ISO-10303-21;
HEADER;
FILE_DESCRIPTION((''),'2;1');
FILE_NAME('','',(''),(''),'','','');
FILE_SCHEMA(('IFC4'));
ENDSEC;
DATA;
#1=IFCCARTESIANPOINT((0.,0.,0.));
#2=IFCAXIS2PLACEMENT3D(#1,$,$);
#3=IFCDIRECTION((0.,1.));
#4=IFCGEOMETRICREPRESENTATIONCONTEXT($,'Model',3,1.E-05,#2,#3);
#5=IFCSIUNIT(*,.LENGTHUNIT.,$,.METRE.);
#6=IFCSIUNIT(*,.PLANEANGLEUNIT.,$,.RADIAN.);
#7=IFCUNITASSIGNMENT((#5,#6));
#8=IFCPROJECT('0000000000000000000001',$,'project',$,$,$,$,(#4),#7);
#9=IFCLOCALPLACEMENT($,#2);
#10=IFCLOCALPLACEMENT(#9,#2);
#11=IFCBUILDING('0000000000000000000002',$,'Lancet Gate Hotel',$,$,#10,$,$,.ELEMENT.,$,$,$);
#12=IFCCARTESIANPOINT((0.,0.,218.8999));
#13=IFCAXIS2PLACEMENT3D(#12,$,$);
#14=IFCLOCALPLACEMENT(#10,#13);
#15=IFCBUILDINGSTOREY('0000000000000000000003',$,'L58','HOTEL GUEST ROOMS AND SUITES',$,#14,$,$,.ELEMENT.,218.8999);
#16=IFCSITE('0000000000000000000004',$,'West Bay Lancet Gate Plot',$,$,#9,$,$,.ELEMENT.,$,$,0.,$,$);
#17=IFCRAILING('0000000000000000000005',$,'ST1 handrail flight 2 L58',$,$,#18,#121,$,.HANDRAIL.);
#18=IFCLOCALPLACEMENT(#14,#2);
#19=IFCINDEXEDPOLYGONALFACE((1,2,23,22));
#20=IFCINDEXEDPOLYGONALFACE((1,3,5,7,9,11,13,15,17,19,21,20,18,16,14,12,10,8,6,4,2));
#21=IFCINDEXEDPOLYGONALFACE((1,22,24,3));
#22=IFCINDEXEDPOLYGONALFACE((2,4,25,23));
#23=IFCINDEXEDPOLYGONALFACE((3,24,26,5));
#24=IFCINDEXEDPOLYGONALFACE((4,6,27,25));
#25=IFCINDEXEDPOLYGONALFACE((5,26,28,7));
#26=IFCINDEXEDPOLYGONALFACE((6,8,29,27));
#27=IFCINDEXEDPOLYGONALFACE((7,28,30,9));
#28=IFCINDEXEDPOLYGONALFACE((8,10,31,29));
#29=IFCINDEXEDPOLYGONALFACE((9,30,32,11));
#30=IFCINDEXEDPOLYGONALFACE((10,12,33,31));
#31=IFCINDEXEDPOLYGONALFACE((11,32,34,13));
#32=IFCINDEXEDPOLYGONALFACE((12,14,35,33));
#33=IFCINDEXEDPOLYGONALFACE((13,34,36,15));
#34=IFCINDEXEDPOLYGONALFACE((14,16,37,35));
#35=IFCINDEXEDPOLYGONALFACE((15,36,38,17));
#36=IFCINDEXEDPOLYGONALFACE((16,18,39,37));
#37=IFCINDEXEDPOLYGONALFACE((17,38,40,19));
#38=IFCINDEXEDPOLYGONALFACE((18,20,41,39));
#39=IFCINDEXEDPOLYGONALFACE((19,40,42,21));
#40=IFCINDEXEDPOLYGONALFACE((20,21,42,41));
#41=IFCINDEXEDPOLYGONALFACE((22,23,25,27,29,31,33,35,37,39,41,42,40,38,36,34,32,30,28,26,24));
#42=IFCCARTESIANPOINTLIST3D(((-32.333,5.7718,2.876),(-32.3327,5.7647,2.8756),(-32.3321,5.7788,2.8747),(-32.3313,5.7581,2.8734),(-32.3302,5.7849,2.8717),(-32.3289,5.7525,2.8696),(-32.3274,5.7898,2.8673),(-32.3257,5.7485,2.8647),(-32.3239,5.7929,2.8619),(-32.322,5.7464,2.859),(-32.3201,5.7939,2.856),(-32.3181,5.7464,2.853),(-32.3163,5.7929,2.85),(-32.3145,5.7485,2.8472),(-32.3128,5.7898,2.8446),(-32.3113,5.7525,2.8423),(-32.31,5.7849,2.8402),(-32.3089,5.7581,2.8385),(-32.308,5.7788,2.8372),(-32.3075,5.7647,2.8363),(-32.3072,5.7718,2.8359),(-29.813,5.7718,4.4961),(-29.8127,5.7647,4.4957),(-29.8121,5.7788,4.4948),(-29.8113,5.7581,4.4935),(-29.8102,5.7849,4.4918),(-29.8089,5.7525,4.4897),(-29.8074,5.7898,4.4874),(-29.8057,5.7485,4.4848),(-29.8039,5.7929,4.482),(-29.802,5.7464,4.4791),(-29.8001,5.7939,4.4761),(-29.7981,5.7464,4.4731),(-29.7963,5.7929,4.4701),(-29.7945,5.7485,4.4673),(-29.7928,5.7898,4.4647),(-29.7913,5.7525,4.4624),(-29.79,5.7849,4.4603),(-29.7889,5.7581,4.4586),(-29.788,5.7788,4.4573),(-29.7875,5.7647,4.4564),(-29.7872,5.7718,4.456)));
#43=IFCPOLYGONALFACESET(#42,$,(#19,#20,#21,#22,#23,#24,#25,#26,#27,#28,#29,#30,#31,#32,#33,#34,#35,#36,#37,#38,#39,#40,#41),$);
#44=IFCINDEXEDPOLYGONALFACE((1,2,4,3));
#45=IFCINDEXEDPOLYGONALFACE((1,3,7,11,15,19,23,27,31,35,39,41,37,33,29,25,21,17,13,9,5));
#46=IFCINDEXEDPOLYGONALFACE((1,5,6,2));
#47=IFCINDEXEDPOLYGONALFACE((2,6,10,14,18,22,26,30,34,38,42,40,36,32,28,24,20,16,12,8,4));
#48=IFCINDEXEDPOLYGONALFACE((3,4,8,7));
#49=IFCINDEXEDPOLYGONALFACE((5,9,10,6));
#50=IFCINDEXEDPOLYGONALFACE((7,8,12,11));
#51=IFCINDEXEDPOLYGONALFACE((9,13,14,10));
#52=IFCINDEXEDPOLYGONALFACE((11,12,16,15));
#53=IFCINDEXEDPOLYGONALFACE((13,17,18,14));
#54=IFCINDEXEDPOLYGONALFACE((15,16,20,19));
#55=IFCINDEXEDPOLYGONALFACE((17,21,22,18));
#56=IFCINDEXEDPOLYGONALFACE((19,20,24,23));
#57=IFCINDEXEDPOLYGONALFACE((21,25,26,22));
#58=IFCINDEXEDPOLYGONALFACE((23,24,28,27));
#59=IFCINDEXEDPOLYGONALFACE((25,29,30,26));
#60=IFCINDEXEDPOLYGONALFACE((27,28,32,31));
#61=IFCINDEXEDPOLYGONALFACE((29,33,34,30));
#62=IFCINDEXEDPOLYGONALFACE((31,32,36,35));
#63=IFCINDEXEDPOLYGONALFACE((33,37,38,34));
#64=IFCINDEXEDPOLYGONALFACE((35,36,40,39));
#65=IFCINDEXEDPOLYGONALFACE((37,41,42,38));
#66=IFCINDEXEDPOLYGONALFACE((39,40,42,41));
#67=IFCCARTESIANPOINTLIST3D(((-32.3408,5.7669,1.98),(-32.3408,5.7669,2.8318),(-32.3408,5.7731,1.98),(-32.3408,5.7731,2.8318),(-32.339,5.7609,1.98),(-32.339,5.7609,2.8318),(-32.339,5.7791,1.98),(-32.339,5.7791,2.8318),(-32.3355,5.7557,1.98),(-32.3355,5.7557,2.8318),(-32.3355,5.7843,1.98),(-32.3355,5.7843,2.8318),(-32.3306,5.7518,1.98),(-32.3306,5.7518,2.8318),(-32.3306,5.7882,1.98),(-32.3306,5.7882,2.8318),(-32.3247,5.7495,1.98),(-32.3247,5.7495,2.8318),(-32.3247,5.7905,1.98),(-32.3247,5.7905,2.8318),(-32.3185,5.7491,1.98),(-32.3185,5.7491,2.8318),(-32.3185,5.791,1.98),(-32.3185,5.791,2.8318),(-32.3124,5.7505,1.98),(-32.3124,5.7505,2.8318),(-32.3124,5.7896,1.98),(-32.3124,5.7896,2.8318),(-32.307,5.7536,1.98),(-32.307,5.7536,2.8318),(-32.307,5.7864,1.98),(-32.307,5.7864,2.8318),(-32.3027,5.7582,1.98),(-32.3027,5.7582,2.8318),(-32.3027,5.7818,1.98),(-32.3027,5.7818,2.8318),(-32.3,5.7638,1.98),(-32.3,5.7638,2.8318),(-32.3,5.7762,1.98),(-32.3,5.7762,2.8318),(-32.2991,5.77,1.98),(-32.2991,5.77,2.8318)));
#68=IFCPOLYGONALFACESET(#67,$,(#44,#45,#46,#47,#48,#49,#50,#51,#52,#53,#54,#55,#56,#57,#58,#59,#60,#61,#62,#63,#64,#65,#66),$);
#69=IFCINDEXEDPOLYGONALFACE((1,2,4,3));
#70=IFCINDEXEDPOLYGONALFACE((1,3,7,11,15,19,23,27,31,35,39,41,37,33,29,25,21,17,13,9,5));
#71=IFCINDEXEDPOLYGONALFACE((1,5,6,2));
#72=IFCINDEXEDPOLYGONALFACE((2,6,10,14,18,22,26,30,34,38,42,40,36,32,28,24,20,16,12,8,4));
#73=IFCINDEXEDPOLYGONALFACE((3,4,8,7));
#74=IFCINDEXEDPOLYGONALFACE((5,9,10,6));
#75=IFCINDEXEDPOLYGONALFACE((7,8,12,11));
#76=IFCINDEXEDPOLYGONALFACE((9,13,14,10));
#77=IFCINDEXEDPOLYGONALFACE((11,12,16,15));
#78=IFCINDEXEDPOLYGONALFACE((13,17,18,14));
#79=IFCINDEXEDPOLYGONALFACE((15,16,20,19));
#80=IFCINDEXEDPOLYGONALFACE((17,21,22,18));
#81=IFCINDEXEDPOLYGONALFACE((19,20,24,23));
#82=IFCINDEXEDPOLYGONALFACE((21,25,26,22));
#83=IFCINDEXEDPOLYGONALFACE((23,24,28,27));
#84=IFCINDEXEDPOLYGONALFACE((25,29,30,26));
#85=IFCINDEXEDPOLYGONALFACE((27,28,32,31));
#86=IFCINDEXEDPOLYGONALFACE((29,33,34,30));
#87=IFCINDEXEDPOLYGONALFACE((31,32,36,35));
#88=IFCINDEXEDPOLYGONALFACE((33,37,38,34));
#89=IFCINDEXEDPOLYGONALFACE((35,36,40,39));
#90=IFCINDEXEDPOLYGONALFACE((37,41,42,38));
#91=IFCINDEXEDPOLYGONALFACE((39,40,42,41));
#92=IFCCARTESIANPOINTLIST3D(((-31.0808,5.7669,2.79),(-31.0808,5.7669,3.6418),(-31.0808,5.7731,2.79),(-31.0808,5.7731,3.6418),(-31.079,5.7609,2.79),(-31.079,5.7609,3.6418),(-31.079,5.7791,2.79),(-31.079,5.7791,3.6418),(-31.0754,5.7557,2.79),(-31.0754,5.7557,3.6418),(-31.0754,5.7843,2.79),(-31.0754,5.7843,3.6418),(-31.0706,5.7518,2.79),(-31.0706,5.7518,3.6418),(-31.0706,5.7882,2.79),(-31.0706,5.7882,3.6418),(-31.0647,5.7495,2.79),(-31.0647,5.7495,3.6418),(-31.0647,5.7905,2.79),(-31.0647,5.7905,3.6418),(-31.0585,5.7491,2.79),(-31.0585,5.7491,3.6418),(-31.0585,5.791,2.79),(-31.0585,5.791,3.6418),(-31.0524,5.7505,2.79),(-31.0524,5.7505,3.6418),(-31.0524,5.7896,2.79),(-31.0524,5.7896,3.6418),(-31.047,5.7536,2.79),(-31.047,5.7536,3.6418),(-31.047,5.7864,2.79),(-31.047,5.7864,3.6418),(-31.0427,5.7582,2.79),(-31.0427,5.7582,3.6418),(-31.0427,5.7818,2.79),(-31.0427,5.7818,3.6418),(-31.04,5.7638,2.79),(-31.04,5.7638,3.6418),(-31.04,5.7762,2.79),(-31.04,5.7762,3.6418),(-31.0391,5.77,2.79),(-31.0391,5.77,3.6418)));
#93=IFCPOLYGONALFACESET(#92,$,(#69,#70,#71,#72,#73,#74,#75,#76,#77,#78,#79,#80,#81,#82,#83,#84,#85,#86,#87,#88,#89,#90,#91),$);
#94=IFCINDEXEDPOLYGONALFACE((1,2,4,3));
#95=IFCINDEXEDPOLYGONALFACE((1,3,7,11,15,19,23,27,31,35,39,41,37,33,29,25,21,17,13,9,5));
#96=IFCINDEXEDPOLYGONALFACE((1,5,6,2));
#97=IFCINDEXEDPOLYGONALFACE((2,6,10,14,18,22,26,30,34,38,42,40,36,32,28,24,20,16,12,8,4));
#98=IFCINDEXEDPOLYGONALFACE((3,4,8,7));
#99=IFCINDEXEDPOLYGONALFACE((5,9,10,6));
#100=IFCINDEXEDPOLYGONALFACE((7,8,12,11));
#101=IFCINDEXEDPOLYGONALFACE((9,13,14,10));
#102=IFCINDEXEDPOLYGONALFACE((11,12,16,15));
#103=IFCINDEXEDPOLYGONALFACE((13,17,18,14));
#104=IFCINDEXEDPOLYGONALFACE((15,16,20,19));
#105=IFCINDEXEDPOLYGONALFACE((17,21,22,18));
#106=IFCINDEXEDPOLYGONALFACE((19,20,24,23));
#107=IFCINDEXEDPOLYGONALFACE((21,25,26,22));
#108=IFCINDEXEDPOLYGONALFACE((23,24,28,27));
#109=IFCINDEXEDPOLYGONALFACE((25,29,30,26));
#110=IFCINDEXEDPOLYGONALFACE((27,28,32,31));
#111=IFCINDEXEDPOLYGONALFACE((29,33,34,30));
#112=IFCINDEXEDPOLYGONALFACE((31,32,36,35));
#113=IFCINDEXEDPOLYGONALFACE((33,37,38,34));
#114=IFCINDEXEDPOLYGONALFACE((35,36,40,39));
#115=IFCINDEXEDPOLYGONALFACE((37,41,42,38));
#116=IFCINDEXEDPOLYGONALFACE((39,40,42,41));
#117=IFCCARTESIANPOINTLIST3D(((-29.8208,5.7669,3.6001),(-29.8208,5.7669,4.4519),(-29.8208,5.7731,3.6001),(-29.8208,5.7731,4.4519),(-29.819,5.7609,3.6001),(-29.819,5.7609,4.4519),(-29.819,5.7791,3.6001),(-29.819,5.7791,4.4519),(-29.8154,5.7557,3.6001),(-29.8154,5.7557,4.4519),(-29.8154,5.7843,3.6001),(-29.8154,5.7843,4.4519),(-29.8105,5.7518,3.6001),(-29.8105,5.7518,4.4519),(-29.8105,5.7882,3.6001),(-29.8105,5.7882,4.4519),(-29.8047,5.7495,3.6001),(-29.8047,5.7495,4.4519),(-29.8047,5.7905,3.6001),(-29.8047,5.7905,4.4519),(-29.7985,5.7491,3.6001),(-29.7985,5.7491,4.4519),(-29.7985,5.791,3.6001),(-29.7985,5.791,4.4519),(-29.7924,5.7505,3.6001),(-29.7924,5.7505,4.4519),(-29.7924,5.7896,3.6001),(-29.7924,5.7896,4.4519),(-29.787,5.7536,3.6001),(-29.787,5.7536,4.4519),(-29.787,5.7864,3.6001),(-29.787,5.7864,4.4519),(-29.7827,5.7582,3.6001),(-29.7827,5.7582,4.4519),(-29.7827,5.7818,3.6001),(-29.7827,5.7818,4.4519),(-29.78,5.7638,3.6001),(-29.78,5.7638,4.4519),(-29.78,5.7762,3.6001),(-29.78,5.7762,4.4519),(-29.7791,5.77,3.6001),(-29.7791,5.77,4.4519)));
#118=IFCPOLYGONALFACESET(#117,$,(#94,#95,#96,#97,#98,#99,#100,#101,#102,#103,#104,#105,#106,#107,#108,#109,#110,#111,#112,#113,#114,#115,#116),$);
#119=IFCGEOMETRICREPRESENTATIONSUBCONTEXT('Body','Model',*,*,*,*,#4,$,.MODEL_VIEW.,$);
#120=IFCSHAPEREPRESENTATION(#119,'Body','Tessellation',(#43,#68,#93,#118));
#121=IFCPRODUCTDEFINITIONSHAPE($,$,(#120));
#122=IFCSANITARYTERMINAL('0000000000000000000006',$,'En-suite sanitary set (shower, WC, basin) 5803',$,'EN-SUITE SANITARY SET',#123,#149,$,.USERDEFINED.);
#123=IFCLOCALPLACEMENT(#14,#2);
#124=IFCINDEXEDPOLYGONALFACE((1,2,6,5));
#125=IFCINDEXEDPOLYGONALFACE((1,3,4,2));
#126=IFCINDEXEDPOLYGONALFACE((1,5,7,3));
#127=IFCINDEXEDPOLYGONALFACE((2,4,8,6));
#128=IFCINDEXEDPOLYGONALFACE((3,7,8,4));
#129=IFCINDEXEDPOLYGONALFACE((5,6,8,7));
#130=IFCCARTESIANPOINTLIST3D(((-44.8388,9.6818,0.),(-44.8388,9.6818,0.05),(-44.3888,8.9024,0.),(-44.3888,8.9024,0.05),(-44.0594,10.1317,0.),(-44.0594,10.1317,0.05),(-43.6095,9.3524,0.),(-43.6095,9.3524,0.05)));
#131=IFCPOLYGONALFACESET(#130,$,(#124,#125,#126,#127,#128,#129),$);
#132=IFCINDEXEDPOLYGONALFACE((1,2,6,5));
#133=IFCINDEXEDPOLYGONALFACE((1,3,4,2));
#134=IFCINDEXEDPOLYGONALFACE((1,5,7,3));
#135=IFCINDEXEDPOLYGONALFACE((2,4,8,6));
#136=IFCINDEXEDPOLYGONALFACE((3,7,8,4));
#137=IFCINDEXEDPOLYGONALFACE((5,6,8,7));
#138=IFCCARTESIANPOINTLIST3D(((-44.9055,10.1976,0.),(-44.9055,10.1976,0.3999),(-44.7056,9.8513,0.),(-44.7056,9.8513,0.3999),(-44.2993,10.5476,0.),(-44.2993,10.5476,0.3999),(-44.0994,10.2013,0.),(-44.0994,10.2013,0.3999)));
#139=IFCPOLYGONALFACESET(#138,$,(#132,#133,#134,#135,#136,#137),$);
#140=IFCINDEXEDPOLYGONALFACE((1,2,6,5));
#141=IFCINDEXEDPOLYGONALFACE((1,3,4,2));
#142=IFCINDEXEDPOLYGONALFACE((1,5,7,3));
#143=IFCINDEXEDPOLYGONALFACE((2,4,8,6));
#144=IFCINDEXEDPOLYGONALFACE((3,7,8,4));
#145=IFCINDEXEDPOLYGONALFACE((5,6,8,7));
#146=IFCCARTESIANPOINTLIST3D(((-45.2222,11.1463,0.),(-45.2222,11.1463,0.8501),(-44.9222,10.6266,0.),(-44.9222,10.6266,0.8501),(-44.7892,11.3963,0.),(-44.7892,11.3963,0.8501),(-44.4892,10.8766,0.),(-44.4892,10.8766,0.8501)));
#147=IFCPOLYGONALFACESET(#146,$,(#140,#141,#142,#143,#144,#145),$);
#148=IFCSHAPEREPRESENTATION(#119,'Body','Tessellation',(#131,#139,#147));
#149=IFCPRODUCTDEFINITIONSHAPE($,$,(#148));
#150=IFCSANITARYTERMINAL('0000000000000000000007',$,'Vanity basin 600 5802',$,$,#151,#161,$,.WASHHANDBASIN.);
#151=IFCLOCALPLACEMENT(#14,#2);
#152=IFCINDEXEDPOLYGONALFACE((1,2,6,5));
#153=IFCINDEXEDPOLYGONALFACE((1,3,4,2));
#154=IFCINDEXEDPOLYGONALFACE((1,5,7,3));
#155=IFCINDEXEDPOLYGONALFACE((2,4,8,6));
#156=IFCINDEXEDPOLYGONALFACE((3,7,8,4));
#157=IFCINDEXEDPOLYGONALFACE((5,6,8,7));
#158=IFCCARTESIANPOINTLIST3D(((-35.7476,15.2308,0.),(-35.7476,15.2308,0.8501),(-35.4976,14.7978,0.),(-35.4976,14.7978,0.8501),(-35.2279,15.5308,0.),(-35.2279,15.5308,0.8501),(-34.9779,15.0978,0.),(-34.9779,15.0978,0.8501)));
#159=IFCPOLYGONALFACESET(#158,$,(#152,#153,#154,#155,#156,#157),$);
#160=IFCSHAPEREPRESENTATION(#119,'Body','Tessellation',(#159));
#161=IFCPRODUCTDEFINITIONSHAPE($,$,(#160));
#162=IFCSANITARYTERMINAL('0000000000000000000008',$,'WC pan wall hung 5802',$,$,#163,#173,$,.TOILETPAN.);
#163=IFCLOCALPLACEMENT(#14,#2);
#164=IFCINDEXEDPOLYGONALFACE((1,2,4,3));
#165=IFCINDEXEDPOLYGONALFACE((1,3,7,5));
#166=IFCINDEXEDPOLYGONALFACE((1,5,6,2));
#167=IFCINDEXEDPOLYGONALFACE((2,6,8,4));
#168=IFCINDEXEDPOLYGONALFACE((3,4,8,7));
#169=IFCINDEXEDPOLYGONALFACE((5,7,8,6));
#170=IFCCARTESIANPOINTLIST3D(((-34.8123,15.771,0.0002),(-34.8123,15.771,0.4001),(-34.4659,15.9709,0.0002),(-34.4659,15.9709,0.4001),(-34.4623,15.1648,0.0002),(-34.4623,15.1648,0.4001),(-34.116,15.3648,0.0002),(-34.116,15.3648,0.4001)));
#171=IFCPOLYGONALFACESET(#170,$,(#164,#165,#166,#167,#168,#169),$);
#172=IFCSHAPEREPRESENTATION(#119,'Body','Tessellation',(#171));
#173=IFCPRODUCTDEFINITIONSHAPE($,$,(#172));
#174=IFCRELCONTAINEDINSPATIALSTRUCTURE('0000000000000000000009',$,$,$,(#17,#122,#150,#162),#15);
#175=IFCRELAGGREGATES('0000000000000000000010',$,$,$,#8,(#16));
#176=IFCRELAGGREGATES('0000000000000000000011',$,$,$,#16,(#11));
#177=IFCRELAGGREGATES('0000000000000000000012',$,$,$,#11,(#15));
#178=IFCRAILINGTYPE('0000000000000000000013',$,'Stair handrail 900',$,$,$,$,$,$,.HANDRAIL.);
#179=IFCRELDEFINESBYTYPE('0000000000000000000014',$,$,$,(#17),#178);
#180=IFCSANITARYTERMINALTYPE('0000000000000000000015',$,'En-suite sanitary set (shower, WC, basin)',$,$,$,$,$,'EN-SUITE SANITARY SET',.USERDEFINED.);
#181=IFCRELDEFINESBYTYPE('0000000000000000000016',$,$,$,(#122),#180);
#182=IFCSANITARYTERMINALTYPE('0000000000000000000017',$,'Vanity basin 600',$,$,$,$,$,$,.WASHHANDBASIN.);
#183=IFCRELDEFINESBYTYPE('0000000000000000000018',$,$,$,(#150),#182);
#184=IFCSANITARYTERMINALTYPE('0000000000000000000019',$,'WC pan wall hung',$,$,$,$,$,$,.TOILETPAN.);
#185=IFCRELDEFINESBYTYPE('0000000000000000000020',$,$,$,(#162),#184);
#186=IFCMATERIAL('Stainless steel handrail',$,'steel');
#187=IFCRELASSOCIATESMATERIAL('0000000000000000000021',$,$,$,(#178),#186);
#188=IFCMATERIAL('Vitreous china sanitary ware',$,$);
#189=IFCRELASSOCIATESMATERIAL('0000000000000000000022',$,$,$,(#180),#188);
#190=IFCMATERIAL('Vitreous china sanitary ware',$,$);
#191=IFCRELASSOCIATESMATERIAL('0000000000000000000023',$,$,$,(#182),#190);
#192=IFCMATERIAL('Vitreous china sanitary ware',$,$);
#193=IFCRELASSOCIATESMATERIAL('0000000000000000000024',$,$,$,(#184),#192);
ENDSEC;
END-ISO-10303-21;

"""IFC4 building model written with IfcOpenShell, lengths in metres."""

from ifc_helpers import new_model, si_unit, direction, frame, origin, origin_2d, place, context, subcontext, project, spatial, rectangle, circle, extrude, material, type_object, element, save


model = new_model("IFC4")

# Units and contexts
model_context = context("Model", 3, precision=1e-05, world=origin(), true_north=direction((0.0, 1.0)))
body_context = subcontext(model_context, "Body", "Model", "MODEL_VIEW")
ifc_project = project(units=[si_unit("LENGTHUNIT", "METRE"), si_unit("PLANEANGLEUNIT", "RADIAN")], contexts=[model_context])

# Site, building, storey
site_placement = place(None, origin())
site = spatial("IfcSite", under=ifc_project, at=site_placement, Name="West Bay Lancet Gate Plot", CompositionType="ELEMENT", RefElevation=0.0)
building_placement = place(site_placement, origin())
building = spatial("IfcBuilding", under=site, at=building_placement, Name="Lancet Gate Hotel", CompositionType="ELEMENT")
storey_placement = place(building_placement, frame((0.0, 0.0, 218.8999)))
storey = spatial("IfcBuildingStorey", under=building, at=storey_placement, Name="L58", Description="HOTEL GUEST ROOMS AND SUITES", CompositionType="ELEMENT", Elevation=218.8999)

# Railing
ifc_material_1 = material(Name="Stainless steel handrail", Category="steel")
railing_type = type_object("IfcRailingType", Name="Stair handrail 900", PredefinedType="HANDRAIL", material=ifc_material_1)
railing_1_placement = place(storey_placement, frame((-32.3201, 5.77, 1.98)))
element("IfcRailing", 1, at=railing_1_placement, inside=storey, type_object=railing_type, Name="ST1 handrail flight 2 L58", PredefinedType="HANDRAIL", context=body_context, shape_type="SweptSolid", body=[
    extrude(circle(Radius=0.0239, at=origin_2d()), frame((0.0, 0.0, 0.876), z_axis=(0.841163, 0.0, 0.540782), x_axis=(0.0, 1.0, 0.0)), (0.0, 0.0, 1.0), 2.9958),
    extrude(circle(Radius=0.021, at=origin_2d()), origin(), (0.0, 0.0, 1.0), 0.8518),
    extrude(circle(Radius=0.021, at=origin_2d()), frame((1.26, 0.0, 0.8101)), (0.0, 0.0, 1.0), 0.8518),
    extrude(circle(Radius=0.021, at=origin_2d()), frame((2.52, 0.0, 1.6201)), (0.0, 0.0, 1.0), 0.8518),
])

# Sanitary terminals
ifc_material_2 = material(Name="Vitreous china sanitary ware")
sanitary_terminal_type_1 = type_object("IfcSanitaryTerminalType", Name="En-suite sanitary set (shower, WC, basin)", ElementType="EN-SUITE SANITARY SET", PredefinedType="USERDEFINED", material=ifc_material_2)
sanitary_terminal_1_placement = place(storey_placement, frame((-44.2241, 9.5171, 0.0), z_axis=(0.0, 0.0, 1.0), x_axis=(1.0, 0.0, 0.0)))
element("IfcSanitaryTerminal", 2, at=sanitary_terminal_1_placement, inside=storey, type_object=sanitary_terminal_type_1, Name="En-suite sanitary set (shower, WC, basin) 5803", ObjectType="EN-SUITE SANITARY SET", PredefinedType="USERDEFINED", context=body_context, shape_type="SweptSolid", body=[
    extrude(rectangle(XDim=0.8999, YDim=0.8999, at=origin_2d()), frame((0.0, 0.0, 0.0), z_axis=(0.0, 0.0, 1.0), x_axis=(0.5, -0.866025, 0.0)), (0.0, 0.0, 1.0), 0.05),
    extrude(rectangle(XDim=0.3999, YDim=0.7, at=origin_2d()), frame((-0.2783, 0.6824, 0.0), z_axis=(0.0, 0.0, 1.0), x_axis=(0.5, -0.866025, 0.0)), (0.0, 0.0, 1.0), 0.3999),
    extrude(rectangle(XDim=0.6001, YDim=0.5, at=origin_2d()), frame((-0.6316, 1.4944, 0.0), z_axis=(0.0, 0.0, 1.0), x_axis=(0.5, -0.866025, 0.0)), (0.0, 0.0, 1.0), 0.8501),
])
ifc_material_3 = material(Name="Vitreous china sanitary ware")
sanitary_terminal_type_2 = type_object("IfcSanitaryTerminalType", Name="Vanity basin 600", PredefinedType="WASHHANDBASIN", material=ifc_material_3)
sanitary_terminal_2_placement = place(storey_placement, frame((-35.3628, 15.1643, 0.0), z_axis=(0.0, 0.0, 1.0), x_axis=(0.866025, 0.5, 0.0)))
element("IfcSanitaryTerminal", 3, at=sanitary_terminal_2_placement, inside=storey, type_object=sanitary_terminal_type_2, Name="Vanity basin 600 5802", PredefinedType="WASHHANDBASIN", context=body_context, shape_type="SweptSolid", body=[
    extrude(rectangle(XDim=0.6001, YDim=0.5, at=origin_2d()), origin(), (0.0, 0.0, 1.0), 0.8501),
])
ifc_material_4 = material(Name="Vitreous china sanitary ware")
sanitary_terminal_type_3 = type_object("IfcSanitaryTerminalType", Name="WC pan wall hung", PredefinedType="TOILETPAN", material=ifc_material_4)
sanitary_terminal_3_placement = place(storey_placement, frame((-34.4641, 15.5679, 0.0002), z_axis=(0.0, 0.0, 1.0), x_axis=(0.866025, 0.5, 0.0)))
element("IfcSanitaryTerminal", 4, at=sanitary_terminal_3_placement, inside=storey, type_object=sanitary_terminal_type_3, Name="WC pan wall hung 5802", PredefinedType="TOILETPAN", context=body_context, shape_type="SweptSolid", body=[
    extrude(rectangle(XDim=0.3999, YDim=0.7, at=origin_2d()), origin(), (0.0, 0.0, 1.0), 0.3999),
])

save(model, "model.ifc")
